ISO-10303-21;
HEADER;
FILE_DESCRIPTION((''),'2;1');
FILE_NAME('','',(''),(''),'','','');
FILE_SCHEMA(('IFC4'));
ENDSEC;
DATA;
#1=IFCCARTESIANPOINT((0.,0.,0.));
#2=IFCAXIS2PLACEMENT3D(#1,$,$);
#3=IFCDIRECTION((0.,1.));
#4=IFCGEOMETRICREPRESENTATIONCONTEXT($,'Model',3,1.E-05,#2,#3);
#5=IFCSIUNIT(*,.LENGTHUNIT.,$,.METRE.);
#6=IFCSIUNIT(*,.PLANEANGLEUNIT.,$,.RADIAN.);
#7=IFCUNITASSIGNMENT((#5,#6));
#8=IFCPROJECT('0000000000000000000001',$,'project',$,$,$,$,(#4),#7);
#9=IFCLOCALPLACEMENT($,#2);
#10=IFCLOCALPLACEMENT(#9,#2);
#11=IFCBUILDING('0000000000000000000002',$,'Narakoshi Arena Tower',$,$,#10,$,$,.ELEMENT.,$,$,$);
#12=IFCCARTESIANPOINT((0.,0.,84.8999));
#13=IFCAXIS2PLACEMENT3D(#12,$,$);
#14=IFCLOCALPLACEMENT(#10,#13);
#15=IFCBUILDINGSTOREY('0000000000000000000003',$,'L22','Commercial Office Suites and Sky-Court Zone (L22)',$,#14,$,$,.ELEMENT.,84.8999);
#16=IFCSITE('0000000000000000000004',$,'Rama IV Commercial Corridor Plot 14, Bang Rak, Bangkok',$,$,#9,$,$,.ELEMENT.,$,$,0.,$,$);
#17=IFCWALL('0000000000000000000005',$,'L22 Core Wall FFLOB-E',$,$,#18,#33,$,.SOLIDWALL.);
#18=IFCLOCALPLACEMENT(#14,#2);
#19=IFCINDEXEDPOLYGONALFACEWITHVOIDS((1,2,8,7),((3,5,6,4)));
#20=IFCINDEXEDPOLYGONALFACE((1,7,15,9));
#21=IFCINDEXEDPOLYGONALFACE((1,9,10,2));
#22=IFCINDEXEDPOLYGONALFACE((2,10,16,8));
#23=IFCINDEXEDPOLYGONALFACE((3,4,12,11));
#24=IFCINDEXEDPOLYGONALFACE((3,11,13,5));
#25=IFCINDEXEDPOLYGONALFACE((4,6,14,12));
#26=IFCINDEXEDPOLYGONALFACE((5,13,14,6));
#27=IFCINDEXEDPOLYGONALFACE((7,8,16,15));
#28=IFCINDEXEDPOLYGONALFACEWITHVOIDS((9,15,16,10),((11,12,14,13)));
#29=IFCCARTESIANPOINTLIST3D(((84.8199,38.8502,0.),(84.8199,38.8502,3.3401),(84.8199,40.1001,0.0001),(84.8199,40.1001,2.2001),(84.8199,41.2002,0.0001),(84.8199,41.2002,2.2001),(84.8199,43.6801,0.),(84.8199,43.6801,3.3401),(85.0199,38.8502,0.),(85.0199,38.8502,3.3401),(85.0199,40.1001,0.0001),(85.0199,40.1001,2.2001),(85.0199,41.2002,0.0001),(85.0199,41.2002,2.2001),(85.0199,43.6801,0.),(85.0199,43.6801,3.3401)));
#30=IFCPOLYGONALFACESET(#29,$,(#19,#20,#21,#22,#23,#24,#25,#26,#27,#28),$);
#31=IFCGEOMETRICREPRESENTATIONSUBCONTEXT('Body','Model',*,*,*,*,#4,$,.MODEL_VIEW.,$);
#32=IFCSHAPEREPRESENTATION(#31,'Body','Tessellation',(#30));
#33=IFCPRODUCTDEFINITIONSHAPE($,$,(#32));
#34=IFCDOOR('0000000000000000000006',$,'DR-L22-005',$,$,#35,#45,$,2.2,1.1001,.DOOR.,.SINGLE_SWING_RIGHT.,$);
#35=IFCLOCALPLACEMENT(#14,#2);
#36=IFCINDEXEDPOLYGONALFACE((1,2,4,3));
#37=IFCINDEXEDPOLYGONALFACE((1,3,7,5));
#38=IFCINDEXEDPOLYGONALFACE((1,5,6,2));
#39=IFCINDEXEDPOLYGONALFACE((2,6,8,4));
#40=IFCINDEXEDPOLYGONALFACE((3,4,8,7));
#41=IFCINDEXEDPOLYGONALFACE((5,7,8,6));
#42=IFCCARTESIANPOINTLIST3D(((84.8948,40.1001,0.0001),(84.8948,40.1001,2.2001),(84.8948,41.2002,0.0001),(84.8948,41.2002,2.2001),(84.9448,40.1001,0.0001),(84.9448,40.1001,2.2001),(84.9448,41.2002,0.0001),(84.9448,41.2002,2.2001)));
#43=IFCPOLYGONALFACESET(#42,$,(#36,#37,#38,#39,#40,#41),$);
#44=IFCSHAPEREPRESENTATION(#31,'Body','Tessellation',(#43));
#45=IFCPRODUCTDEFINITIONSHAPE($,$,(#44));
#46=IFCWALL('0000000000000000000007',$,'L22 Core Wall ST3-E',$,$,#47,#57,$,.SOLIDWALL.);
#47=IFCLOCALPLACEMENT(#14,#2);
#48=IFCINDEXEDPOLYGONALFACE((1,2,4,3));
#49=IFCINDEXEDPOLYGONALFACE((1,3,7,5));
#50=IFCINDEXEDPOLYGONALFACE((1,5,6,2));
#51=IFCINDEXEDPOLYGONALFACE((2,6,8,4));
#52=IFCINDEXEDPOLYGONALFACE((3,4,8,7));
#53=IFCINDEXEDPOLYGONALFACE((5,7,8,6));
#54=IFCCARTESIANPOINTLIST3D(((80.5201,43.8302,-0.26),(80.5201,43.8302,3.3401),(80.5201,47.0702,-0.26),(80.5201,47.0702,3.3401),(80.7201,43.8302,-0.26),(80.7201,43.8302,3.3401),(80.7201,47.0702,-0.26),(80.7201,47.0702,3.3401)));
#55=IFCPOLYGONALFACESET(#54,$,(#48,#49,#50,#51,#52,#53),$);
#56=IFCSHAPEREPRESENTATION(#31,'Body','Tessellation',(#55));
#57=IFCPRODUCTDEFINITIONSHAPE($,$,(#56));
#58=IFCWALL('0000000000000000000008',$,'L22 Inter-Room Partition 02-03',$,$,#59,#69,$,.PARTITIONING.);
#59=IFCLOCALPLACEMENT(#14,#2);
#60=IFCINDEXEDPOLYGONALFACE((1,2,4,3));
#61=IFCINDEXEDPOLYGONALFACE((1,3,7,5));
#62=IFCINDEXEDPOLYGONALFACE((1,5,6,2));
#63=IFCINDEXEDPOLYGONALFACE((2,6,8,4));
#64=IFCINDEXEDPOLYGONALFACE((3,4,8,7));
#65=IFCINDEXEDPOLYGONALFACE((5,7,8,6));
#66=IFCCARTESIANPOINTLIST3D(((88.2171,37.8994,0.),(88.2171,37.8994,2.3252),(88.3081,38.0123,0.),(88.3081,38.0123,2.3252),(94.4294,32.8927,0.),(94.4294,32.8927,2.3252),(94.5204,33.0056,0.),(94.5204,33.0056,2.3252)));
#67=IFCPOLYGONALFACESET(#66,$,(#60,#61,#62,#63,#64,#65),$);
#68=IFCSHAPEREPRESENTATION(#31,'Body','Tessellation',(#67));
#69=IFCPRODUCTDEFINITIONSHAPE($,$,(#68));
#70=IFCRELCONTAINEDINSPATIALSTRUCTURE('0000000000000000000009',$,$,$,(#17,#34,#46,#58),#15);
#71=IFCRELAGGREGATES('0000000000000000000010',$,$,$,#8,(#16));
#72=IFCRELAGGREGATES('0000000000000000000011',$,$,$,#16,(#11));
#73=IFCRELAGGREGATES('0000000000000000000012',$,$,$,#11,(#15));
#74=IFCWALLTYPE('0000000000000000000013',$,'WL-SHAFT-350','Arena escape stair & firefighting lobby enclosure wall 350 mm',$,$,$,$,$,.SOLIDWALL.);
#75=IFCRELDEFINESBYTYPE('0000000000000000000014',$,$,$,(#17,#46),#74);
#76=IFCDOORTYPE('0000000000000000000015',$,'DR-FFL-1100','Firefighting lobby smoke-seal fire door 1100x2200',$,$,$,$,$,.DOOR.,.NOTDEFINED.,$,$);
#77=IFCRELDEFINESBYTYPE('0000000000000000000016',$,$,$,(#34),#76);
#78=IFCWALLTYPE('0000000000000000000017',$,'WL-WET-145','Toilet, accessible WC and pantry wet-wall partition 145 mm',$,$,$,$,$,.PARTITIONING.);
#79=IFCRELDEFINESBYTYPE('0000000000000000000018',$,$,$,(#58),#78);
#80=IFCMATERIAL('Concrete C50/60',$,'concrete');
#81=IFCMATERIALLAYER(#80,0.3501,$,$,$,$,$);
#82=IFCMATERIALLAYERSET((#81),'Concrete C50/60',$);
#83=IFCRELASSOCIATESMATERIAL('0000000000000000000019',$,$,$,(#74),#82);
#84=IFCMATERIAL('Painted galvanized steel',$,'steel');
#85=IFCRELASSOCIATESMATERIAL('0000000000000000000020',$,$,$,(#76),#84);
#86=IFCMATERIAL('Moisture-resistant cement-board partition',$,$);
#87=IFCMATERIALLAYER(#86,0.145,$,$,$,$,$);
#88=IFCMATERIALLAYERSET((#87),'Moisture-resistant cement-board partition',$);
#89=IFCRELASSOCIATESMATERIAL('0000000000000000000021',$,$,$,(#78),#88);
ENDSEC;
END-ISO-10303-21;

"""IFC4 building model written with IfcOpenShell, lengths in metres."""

from ifc_helpers import new_model, si_unit, direction, frame, frame_2d, origin, place, context, subcontext, project, spatial, rectangle, extrude, material, layer, layer_set, type_object, element, fill, save


model = new_model("IFC4")

# Units and contexts
model_context = context("Model", 3, precision=1e-05, world=origin(), true_north=direction((0.0, 1.0)))
body_context = subcontext(model_context, "Body", "Model", "MODEL_VIEW")
ifc_project = project(units=[si_unit("LENGTHUNIT", "METRE"), si_unit("PLANEANGLEUNIT", "RADIAN")], contexts=[model_context])

# Site, building, storey
site_placement = place(None, origin())
site = spatial("IfcSite", under=ifc_project, at=site_placement, Name="Rama IV Commercial Corridor Plot 14, Bang Rak, Bangkok", CompositionType="ELEMENT", RefElevation=0.0)
building_placement = place(site_placement, origin())
building = spatial("IfcBuilding", under=site, at=building_placement, Name="Narakoshi Arena Tower", CompositionType="ELEMENT")
storey_placement = place(building_placement, frame((0.0, 0.0, 84.8999)))
storey = spatial("IfcBuildingStorey", under=building, at=storey_placement, Name="L22", Description="Commercial Office Suites and Sky-Court Zone (L22)", CompositionType="ELEMENT", Elevation=84.8999)

# Shared definitions
ifc_material_1 = material(Name="Painted galvanized steel", Category="steel")

# Shared definitions
ifc_material_2 = material(Name="Concrete C50/60", Category="concrete")
ifc_layer_1 = layer(ifc_material_2, 0.3501)
ifc_layer_set_1 = layer_set([ifc_layer_1], Name="Concrete C50/60")
wall_type_1 = type_object("IfcWallType", Name="WL-SHAFT-350", Description="Arena escape stair & firefighting lobby enclosure wall 350 mm", PredefinedType="SOLIDWALL", material=ifc_layer_set_1)

# Wall, opening, door
wall_1_placement = place(storey_placement, frame((84.9199, 38.8501, 0.0), z_axis=(0.0, 0.0, 1.0), x_axis=(0.0, 1.0, 0.0)))
wall_1 = element("IfcWall", 1, at=wall_1_placement, inside=storey, type_object=wall_type_1, Name="L22 Core Wall FFLOB-E", PredefinedType="SOLIDWALL", context=body_context, shape_type="SweptSolid", body=[
    extrude(rectangle(XDim=4.8298, YDim=0.2, at=frame_2d((2.415, 0.0))), origin(), (0.0, 0.0, 1.0), 3.3401),
])
opening_1_placement = place(wall_1_placement, frame((1.25, 0.0, 0.0)))
opening_1 = element("IfcOpeningElement", 2, at=opening_1_placement, cuts=wall_1, PredefinedType="OPENING", context=body_context, shape_type="SweptSolid", body=[
    extrude(rectangle(XDim=1.1001, YDim=2.2, at=frame_2d((0.55, 1.1001))), frame((0.0, 0.1099, 0.0), z_axis=(0.0, -1.0, 0.0), x_axis=(1.0, 0.0, 0.0)), (0.0, 0.0, 1.0), 0.22),
])
door_type_1 = type_object("IfcDoorType", Name="DR-FFL-1100", Description="Firefighting lobby smoke-seal fire door 1100x2200", OperationType="NOTDEFINED", PredefinedType="DOOR", material=ifc_material_1)
door_1_placement = place(opening_1_placement, frame((1.1001, 0.0, 0.0), z_axis=(0.0, 0.0, 1.0), x_axis=(-1.0, 0.0, 0.0)))
door_1 = element("IfcDoor", 3, at=door_1_placement, inside=storey, type_object=door_type_1, Name="DR-L22-005", OperationType="SINGLE_SWING_RIGHT", OverallHeight=2.2, OverallWidth=1.1001, PredefinedType="DOOR", context=body_context, shape_type="SweptSolid", body=[
    extrude(rectangle(XDim=1.1001, YDim=2.2, at=frame_2d((0.55, 1.1001))), frame((0.0, 0.0249, 0.0), z_axis=(0.0, -1.0, 0.0), x_axis=(1.0, 0.0, 0.0)), (0.0, 0.0, 1.0), 0.05),
])
fill(opening_1, door_1)

# Walls
wall_2_placement = place(storey_placement, frame((80.6201, 43.8301, -0.26), z_axis=(0.0, 0.0, 1.0), x_axis=(0.0, 1.0, 0.0)))
element("IfcWall", 4, at=wall_2_placement, inside=storey, type_object=wall_type_1, Name="L22 Core Wall ST3-E", PredefinedType="SOLIDWALL", context=body_context, shape_type="SweptSolid", body=[
    extrude(rectangle(XDim=3.24, YDim=0.2, at=frame_2d((1.6201, 0.0))), origin(), (0.0, 0.0, 1.0), 3.6001),
])
ifc_material_3 = material(Name="Moisture-resistant cement-board partition")
ifc_layer_2 = layer(ifc_material_3, 0.145)
ifc_layer_set_2 = layer_set([ifc_layer_2], Name="Moisture-resistant cement-board partition")
wall_type_2 = type_object("IfcWallType", Name="WL-WET-145", Description="Toilet, accessible WC and pantry wet-wall partition 145 mm", PredefinedType="PARTITIONING", material=ifc_layer_set_2)
wall_3_placement = place(storey_placement, frame((88.2627, 37.9558, 0.0), z_axis=(0.0, 0.0, 1.0), x_axis=(0.778607, -0.627512, 0.0)))
element("IfcWall", 5, at=wall_3_placement, inside=storey, type_object=wall_type_2, Name="L22 Inter-Room Partition 02-03", PredefinedType="PARTITIONING", context=body_context, shape_type="SweptSolid", body=[
    extrude(rectangle(XDim=7.9788, YDim=0.145, at=frame_2d((3.9893, 0.0))), origin(), (0.0, 0.0, 1.0), 2.3252),
])

save(model, "model.ifc")
